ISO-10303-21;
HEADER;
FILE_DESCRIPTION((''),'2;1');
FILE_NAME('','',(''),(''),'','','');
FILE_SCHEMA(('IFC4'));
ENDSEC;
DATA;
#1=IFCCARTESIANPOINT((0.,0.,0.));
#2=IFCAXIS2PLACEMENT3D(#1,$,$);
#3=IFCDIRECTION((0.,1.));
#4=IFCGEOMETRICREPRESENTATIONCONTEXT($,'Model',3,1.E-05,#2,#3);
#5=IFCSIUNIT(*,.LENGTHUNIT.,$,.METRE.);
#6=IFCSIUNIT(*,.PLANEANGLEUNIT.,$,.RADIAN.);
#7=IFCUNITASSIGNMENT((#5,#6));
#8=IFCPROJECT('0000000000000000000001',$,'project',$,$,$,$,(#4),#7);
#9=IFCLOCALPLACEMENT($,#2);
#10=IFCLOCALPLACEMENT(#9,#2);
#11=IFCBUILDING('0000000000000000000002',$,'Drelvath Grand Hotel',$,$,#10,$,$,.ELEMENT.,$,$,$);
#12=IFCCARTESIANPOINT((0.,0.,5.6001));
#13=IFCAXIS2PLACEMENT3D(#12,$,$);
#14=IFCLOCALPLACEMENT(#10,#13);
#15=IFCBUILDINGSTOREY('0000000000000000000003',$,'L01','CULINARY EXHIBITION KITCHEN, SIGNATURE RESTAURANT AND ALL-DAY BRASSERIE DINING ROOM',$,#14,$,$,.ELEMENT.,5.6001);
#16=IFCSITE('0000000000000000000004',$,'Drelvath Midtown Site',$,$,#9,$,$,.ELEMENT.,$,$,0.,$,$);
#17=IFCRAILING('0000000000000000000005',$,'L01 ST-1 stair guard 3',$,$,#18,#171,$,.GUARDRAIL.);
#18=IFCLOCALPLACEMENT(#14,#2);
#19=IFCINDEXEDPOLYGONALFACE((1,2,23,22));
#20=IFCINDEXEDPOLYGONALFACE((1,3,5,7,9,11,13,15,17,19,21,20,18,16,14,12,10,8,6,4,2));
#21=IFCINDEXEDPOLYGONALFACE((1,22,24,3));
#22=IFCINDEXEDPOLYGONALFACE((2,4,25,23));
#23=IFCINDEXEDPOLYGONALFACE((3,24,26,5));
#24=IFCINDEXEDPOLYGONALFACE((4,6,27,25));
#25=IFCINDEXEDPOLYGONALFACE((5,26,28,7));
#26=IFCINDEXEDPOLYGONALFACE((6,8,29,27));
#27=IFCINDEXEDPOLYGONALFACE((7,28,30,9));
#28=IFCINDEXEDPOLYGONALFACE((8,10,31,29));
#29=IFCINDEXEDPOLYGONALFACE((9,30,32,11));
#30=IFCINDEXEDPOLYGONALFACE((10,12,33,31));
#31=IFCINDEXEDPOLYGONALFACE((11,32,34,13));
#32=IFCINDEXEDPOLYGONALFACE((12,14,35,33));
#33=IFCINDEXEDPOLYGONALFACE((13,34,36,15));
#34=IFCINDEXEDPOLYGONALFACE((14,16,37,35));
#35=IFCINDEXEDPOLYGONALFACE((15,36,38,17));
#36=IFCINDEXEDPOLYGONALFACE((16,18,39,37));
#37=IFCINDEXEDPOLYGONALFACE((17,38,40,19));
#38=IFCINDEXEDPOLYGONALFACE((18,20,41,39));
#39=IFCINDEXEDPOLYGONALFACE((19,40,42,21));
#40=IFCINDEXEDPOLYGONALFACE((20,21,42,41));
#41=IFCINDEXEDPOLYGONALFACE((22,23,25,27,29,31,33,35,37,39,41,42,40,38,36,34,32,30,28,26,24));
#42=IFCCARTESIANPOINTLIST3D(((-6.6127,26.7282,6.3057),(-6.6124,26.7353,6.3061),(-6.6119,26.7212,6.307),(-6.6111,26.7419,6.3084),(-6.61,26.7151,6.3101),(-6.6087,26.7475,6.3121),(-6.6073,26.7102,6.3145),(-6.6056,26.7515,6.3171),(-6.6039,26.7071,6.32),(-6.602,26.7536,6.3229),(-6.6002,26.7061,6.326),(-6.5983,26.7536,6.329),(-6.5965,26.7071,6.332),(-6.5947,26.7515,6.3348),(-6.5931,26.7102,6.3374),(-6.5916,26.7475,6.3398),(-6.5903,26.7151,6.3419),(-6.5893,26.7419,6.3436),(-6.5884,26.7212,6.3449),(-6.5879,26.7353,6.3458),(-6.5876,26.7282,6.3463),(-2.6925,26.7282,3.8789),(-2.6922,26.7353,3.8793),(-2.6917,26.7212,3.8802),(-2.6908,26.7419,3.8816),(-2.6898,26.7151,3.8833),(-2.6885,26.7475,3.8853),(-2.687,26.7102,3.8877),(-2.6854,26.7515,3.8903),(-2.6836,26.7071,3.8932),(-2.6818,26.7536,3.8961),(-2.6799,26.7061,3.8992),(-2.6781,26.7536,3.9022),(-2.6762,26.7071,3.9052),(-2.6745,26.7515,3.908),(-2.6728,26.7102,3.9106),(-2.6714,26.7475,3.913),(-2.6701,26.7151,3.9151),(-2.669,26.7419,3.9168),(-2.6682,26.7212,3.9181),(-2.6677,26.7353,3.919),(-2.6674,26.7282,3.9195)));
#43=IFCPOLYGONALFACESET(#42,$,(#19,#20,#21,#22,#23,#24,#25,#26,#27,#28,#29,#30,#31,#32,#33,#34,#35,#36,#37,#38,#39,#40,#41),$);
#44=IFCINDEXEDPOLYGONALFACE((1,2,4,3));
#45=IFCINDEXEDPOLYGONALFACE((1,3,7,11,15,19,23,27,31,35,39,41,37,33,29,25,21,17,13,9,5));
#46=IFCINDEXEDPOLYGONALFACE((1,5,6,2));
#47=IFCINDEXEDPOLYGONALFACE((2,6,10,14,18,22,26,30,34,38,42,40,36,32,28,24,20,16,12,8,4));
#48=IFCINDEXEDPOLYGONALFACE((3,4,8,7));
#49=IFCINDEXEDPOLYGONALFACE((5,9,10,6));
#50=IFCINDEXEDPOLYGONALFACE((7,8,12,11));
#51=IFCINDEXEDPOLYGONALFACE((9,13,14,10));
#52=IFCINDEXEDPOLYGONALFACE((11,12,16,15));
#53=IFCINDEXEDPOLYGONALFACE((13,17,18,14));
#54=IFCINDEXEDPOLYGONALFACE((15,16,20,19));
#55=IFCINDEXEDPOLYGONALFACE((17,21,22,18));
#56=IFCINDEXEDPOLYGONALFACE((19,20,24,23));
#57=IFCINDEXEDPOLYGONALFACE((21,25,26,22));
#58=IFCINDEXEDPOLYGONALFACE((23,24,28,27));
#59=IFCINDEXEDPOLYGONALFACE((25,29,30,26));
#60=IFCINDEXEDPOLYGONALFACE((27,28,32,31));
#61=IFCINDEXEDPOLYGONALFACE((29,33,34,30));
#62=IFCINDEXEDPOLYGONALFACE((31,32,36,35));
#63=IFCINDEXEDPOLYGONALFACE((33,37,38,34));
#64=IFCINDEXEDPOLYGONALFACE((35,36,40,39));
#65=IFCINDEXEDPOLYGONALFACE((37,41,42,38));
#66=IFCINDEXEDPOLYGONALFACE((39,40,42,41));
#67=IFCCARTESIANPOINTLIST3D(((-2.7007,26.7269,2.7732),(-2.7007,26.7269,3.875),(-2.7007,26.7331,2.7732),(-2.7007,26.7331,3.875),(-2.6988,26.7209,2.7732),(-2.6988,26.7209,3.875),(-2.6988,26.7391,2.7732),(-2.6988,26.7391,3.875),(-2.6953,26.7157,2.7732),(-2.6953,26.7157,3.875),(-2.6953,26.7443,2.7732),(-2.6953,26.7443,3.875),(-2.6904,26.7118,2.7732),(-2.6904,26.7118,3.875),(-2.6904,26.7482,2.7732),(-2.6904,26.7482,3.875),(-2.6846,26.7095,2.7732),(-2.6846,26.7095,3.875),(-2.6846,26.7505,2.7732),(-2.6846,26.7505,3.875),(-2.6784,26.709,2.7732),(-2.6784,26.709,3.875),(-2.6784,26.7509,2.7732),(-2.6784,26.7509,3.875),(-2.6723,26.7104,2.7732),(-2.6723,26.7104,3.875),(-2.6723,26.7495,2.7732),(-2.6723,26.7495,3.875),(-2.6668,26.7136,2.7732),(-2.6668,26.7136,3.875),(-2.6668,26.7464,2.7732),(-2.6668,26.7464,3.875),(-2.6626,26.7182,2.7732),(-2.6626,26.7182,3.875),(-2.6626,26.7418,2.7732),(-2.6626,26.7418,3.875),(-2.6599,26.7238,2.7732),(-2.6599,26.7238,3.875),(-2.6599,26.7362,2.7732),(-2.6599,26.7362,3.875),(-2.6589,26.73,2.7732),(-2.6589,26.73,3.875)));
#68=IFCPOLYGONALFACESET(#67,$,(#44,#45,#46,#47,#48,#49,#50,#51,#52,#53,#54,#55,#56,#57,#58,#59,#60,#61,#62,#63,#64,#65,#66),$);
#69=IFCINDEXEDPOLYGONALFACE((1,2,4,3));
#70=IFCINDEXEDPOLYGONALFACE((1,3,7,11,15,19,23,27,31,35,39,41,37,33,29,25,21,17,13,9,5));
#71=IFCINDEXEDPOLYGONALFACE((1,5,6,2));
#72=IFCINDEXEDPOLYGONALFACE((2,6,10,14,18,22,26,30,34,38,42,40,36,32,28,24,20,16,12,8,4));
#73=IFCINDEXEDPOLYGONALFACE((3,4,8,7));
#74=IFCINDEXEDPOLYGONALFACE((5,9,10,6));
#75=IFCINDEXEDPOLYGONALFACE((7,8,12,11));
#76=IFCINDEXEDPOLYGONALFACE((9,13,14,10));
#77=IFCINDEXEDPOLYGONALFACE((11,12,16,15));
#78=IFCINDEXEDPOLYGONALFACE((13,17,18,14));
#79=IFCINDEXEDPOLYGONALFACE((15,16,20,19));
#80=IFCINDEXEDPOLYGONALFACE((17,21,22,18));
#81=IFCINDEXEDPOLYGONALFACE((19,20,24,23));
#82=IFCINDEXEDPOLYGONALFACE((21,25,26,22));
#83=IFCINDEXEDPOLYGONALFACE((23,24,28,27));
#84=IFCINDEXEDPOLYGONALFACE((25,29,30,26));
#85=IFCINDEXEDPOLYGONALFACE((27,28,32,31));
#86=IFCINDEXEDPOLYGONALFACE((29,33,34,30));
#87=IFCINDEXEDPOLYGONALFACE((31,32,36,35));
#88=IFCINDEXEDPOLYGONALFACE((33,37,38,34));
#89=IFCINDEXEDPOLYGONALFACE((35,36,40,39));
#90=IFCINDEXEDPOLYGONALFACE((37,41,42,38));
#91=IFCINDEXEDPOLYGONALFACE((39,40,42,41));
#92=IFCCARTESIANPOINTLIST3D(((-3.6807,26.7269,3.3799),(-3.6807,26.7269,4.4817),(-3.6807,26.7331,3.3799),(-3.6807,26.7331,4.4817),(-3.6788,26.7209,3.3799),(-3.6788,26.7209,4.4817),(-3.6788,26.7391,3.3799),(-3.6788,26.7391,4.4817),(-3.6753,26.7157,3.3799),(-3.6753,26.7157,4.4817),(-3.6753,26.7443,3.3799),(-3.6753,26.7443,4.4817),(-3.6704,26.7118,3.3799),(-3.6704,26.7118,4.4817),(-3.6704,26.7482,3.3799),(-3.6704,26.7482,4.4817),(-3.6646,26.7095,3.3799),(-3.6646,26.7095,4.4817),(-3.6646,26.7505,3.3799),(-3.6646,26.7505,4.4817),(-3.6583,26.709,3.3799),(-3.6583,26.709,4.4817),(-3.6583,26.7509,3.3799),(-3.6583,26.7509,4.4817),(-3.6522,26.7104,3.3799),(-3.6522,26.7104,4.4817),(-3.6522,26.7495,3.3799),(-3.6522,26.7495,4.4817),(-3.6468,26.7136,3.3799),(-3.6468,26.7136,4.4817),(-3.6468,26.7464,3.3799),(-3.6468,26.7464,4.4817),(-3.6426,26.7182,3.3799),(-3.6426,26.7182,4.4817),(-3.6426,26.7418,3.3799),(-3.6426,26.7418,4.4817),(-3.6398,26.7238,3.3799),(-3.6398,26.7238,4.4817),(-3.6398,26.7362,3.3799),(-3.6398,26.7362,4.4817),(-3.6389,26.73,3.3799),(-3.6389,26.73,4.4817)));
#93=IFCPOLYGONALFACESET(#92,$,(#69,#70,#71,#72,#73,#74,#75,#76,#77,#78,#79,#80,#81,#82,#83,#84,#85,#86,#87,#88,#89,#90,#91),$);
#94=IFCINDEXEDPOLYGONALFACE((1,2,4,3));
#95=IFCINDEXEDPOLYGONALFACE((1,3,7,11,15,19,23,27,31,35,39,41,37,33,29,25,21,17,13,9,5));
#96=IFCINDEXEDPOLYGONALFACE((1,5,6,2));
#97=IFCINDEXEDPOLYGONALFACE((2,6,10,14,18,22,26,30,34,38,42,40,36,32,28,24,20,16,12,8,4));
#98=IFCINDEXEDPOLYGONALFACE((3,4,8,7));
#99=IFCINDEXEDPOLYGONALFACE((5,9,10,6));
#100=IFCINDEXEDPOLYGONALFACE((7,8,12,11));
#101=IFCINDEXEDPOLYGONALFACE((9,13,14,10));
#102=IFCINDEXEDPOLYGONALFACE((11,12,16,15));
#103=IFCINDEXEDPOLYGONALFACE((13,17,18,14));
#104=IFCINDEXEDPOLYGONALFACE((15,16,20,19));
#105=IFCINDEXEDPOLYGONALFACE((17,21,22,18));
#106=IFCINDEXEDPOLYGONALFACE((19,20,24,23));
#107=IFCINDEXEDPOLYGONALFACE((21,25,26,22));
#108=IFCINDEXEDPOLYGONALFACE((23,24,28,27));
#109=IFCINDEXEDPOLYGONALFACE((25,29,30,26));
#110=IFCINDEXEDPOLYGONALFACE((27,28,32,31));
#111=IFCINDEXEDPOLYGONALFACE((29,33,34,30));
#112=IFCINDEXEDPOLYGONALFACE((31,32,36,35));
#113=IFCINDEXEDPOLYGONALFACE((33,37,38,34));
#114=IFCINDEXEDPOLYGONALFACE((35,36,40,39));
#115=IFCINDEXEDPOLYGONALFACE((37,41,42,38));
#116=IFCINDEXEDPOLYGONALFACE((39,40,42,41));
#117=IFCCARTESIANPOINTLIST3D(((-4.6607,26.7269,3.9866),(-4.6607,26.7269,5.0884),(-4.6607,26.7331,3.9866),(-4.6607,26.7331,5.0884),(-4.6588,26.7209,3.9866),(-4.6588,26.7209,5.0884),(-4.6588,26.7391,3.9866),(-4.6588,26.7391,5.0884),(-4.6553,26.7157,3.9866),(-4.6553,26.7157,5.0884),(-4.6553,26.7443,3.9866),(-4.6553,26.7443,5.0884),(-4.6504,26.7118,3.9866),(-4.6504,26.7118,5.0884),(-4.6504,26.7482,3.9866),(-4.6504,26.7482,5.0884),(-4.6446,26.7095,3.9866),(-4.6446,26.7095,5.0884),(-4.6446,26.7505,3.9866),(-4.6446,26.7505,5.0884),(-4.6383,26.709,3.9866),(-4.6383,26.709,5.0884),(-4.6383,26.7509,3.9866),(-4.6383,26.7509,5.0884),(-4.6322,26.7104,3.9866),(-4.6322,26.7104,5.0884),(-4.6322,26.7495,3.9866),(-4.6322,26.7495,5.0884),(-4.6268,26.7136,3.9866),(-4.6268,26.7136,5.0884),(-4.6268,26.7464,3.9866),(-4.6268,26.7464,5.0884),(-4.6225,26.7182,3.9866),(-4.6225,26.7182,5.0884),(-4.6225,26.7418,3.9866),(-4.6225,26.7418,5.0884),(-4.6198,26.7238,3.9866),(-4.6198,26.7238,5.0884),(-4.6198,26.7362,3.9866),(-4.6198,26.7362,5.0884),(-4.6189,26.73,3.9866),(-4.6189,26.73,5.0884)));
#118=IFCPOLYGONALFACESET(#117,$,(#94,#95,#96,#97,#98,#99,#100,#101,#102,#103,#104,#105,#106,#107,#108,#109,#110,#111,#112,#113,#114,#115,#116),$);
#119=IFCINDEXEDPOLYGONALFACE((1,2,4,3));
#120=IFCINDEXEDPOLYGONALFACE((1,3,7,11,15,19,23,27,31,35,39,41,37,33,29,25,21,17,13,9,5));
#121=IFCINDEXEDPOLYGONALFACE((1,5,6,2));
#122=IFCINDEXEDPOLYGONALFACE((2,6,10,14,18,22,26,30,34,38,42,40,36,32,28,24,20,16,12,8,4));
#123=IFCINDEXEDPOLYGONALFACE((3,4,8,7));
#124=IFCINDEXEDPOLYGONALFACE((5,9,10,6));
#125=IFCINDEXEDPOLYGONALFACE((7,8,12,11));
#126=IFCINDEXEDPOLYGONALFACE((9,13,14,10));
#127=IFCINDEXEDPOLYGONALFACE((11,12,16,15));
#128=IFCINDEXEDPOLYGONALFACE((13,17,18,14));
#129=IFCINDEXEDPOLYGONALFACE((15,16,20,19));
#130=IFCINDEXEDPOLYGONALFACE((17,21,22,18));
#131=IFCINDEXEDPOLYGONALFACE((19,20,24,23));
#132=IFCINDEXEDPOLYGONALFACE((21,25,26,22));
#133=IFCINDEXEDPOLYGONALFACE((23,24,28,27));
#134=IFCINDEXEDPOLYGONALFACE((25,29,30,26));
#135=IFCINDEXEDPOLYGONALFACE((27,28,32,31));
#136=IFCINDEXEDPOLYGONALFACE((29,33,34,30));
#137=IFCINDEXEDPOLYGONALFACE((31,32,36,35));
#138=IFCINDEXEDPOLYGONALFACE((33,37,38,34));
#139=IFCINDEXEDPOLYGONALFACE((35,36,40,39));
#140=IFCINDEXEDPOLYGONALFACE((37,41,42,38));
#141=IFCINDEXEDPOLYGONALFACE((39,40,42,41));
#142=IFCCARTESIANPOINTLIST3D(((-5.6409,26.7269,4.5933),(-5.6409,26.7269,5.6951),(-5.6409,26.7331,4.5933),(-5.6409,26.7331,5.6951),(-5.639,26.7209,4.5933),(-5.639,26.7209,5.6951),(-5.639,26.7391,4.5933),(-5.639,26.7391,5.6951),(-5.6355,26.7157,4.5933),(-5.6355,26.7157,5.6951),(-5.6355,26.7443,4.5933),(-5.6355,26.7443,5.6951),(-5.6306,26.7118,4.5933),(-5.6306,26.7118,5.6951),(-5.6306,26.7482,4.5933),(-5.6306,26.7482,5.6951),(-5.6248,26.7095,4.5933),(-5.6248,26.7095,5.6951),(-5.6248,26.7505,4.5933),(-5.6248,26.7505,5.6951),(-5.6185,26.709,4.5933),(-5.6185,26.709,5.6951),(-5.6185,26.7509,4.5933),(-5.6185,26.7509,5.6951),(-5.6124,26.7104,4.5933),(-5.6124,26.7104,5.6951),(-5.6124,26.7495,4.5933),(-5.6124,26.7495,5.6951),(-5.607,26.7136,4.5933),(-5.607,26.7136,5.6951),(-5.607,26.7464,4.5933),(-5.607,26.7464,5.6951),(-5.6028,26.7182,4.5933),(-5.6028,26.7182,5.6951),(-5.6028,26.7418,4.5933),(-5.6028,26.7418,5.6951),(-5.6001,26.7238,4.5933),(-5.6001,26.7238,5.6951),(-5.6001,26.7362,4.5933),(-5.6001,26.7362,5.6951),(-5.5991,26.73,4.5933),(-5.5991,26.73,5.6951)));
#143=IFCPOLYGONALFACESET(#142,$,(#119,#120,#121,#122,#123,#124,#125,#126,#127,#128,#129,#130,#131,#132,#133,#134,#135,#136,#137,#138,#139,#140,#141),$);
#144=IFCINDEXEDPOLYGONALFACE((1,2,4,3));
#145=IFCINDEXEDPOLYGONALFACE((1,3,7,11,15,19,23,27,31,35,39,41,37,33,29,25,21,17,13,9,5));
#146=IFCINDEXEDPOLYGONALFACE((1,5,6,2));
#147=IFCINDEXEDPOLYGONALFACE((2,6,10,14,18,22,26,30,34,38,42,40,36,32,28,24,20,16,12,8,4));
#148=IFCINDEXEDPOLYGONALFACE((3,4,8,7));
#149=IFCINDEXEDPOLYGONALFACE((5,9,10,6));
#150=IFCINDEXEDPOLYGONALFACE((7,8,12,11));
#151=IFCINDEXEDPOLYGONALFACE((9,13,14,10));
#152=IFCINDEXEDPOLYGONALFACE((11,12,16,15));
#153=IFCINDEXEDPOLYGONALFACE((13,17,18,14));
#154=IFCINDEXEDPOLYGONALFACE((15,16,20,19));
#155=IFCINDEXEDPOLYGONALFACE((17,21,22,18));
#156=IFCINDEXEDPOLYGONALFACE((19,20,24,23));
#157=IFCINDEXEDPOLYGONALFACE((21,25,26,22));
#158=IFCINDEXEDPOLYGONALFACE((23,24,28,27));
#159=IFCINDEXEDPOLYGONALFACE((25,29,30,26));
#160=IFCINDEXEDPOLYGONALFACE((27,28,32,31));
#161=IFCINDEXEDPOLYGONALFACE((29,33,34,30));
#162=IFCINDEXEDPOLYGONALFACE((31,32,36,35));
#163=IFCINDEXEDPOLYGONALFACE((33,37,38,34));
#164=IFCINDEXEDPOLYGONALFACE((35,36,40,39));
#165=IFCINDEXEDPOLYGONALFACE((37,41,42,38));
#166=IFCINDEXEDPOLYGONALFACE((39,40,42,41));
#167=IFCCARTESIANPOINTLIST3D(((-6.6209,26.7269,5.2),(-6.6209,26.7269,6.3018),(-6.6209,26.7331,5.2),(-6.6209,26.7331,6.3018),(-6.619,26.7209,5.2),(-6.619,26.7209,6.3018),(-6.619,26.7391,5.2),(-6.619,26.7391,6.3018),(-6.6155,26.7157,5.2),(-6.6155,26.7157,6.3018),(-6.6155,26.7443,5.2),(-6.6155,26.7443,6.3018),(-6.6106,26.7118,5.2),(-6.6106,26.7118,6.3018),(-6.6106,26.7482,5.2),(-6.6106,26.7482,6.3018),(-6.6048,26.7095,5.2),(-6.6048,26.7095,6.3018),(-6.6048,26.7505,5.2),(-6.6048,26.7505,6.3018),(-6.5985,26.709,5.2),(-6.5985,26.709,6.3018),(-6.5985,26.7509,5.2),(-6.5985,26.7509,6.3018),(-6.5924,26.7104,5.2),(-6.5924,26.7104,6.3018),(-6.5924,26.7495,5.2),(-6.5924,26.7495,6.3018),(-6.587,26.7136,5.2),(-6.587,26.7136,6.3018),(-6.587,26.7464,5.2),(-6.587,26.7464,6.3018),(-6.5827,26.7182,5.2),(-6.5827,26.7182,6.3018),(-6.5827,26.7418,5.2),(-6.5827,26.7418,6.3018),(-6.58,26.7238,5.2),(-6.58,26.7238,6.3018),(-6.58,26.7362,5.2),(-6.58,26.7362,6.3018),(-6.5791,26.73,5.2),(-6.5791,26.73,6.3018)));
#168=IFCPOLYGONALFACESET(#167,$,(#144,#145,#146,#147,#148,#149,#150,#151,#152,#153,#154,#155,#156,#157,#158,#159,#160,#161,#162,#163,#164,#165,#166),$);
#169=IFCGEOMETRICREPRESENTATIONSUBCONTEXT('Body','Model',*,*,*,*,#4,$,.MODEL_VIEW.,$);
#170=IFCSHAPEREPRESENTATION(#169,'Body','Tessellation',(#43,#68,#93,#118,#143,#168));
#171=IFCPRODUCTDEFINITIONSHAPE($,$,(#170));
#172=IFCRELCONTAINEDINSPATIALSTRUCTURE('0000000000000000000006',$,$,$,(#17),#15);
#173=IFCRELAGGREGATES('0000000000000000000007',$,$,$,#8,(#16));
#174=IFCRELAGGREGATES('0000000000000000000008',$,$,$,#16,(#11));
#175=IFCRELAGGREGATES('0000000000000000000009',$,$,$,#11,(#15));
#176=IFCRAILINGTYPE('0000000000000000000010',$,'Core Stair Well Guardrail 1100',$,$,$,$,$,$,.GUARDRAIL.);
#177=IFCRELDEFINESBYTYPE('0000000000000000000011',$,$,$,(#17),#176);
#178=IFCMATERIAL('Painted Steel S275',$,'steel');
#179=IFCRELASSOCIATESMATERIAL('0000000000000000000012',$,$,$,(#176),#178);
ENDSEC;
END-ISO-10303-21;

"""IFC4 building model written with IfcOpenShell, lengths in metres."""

from ifc_helpers import new_model, si_unit, direction, frame, origin, origin_2d, place, context, subcontext, project, spatial, circle, extrude, material, type_object, element, save


model = new_model("IFC4")

# Units and contexts
model_context = context("Model", 3, precision=1e-05, world=origin(), true_north=direction((0.0, 1.0)))
body_context = subcontext(model_context, "Body", "Model", "MODEL_VIEW")
ifc_project = project(units=[si_unit("LENGTHUNIT", "METRE"), si_unit("PLANEANGLEUNIT", "RADIAN")], contexts=[model_context])

# Site, building, storey
site_placement = place(None, origin())
site = spatial("IfcSite", under=ifc_project, at=site_placement, Name="Drelvath Midtown Site", CompositionType="ELEMENT", RefElevation=0.0)
building_placement = place(site_placement, origin())
building = spatial("IfcBuilding", under=site, at=building_placement, Name="Drelvath Grand Hotel", CompositionType="ELEMENT")
storey_placement = place(building_placement, frame((0.0, 0.0, 5.6001)))
storey = spatial("IfcBuildingStorey", under=building, at=storey_placement, Name="L01", Description="CULINARY EXHIBITION KITCHEN, SIGNATURE RESTAURANT AND ALL-DAY BRASSERIE DINING ROOM", CompositionType="ELEMENT", Elevation=5.6001)

# Shared definitions
ifc_material_1 = material(Name="Painted Steel S275", Category="steel")

# Railing
railing_type_1 = type_object("IfcRailingType", Name="Core Stair Well Guardrail 1100", PredefinedType="GUARDRAIL", material=ifc_material_1)
railing_1_placement = place(storey_placement, frame((-2.6799, 26.73, 2.7732)))
element("IfcRailing", 1, at=railing_1_placement, inside=storey, type_object=railing_type_1, Name="L01 ST-1 stair guard 3", PredefinedType="GUARDRAIL", context=body_context, shape_type="SweptSolid", body=[
    extrude(circle(Radius=0.0239, at=origin_2d()), frame((0.0, 0.0, 1.126), z_axis=(-0.850266, 0.0, 0.526353), x_axis=(0.0, -1.0, 0.0)), (0.0, 0.0, 1.0), 4.6106),
    extrude(circle(Radius=0.021, at=origin_2d()), origin(), (0.0, 0.0, 1.0), 1.1018),
    extrude(circle(Radius=0.021, at=origin_2d()), frame((-0.98, 0.0, 0.6067)), (0.0, 0.0, 1.0), 1.1018),
    extrude(circle(Radius=0.021, at=origin_2d()), frame((-1.96, 0.0, 1.2134)), (0.0, 0.0, 1.0), 1.1018),
    extrude(circle(Radius=0.021, at=origin_2d()), frame((-2.9402, 0.0, 1.8201)), (0.0, 0.0, 1.0), 1.1018),
    extrude(circle(Radius=0.021, at=origin_2d()), frame((-3.9202, 0.0, 2.4268)), (0.0, 0.0, 1.0), 1.1018),
])

save(model, "model.ifc")
